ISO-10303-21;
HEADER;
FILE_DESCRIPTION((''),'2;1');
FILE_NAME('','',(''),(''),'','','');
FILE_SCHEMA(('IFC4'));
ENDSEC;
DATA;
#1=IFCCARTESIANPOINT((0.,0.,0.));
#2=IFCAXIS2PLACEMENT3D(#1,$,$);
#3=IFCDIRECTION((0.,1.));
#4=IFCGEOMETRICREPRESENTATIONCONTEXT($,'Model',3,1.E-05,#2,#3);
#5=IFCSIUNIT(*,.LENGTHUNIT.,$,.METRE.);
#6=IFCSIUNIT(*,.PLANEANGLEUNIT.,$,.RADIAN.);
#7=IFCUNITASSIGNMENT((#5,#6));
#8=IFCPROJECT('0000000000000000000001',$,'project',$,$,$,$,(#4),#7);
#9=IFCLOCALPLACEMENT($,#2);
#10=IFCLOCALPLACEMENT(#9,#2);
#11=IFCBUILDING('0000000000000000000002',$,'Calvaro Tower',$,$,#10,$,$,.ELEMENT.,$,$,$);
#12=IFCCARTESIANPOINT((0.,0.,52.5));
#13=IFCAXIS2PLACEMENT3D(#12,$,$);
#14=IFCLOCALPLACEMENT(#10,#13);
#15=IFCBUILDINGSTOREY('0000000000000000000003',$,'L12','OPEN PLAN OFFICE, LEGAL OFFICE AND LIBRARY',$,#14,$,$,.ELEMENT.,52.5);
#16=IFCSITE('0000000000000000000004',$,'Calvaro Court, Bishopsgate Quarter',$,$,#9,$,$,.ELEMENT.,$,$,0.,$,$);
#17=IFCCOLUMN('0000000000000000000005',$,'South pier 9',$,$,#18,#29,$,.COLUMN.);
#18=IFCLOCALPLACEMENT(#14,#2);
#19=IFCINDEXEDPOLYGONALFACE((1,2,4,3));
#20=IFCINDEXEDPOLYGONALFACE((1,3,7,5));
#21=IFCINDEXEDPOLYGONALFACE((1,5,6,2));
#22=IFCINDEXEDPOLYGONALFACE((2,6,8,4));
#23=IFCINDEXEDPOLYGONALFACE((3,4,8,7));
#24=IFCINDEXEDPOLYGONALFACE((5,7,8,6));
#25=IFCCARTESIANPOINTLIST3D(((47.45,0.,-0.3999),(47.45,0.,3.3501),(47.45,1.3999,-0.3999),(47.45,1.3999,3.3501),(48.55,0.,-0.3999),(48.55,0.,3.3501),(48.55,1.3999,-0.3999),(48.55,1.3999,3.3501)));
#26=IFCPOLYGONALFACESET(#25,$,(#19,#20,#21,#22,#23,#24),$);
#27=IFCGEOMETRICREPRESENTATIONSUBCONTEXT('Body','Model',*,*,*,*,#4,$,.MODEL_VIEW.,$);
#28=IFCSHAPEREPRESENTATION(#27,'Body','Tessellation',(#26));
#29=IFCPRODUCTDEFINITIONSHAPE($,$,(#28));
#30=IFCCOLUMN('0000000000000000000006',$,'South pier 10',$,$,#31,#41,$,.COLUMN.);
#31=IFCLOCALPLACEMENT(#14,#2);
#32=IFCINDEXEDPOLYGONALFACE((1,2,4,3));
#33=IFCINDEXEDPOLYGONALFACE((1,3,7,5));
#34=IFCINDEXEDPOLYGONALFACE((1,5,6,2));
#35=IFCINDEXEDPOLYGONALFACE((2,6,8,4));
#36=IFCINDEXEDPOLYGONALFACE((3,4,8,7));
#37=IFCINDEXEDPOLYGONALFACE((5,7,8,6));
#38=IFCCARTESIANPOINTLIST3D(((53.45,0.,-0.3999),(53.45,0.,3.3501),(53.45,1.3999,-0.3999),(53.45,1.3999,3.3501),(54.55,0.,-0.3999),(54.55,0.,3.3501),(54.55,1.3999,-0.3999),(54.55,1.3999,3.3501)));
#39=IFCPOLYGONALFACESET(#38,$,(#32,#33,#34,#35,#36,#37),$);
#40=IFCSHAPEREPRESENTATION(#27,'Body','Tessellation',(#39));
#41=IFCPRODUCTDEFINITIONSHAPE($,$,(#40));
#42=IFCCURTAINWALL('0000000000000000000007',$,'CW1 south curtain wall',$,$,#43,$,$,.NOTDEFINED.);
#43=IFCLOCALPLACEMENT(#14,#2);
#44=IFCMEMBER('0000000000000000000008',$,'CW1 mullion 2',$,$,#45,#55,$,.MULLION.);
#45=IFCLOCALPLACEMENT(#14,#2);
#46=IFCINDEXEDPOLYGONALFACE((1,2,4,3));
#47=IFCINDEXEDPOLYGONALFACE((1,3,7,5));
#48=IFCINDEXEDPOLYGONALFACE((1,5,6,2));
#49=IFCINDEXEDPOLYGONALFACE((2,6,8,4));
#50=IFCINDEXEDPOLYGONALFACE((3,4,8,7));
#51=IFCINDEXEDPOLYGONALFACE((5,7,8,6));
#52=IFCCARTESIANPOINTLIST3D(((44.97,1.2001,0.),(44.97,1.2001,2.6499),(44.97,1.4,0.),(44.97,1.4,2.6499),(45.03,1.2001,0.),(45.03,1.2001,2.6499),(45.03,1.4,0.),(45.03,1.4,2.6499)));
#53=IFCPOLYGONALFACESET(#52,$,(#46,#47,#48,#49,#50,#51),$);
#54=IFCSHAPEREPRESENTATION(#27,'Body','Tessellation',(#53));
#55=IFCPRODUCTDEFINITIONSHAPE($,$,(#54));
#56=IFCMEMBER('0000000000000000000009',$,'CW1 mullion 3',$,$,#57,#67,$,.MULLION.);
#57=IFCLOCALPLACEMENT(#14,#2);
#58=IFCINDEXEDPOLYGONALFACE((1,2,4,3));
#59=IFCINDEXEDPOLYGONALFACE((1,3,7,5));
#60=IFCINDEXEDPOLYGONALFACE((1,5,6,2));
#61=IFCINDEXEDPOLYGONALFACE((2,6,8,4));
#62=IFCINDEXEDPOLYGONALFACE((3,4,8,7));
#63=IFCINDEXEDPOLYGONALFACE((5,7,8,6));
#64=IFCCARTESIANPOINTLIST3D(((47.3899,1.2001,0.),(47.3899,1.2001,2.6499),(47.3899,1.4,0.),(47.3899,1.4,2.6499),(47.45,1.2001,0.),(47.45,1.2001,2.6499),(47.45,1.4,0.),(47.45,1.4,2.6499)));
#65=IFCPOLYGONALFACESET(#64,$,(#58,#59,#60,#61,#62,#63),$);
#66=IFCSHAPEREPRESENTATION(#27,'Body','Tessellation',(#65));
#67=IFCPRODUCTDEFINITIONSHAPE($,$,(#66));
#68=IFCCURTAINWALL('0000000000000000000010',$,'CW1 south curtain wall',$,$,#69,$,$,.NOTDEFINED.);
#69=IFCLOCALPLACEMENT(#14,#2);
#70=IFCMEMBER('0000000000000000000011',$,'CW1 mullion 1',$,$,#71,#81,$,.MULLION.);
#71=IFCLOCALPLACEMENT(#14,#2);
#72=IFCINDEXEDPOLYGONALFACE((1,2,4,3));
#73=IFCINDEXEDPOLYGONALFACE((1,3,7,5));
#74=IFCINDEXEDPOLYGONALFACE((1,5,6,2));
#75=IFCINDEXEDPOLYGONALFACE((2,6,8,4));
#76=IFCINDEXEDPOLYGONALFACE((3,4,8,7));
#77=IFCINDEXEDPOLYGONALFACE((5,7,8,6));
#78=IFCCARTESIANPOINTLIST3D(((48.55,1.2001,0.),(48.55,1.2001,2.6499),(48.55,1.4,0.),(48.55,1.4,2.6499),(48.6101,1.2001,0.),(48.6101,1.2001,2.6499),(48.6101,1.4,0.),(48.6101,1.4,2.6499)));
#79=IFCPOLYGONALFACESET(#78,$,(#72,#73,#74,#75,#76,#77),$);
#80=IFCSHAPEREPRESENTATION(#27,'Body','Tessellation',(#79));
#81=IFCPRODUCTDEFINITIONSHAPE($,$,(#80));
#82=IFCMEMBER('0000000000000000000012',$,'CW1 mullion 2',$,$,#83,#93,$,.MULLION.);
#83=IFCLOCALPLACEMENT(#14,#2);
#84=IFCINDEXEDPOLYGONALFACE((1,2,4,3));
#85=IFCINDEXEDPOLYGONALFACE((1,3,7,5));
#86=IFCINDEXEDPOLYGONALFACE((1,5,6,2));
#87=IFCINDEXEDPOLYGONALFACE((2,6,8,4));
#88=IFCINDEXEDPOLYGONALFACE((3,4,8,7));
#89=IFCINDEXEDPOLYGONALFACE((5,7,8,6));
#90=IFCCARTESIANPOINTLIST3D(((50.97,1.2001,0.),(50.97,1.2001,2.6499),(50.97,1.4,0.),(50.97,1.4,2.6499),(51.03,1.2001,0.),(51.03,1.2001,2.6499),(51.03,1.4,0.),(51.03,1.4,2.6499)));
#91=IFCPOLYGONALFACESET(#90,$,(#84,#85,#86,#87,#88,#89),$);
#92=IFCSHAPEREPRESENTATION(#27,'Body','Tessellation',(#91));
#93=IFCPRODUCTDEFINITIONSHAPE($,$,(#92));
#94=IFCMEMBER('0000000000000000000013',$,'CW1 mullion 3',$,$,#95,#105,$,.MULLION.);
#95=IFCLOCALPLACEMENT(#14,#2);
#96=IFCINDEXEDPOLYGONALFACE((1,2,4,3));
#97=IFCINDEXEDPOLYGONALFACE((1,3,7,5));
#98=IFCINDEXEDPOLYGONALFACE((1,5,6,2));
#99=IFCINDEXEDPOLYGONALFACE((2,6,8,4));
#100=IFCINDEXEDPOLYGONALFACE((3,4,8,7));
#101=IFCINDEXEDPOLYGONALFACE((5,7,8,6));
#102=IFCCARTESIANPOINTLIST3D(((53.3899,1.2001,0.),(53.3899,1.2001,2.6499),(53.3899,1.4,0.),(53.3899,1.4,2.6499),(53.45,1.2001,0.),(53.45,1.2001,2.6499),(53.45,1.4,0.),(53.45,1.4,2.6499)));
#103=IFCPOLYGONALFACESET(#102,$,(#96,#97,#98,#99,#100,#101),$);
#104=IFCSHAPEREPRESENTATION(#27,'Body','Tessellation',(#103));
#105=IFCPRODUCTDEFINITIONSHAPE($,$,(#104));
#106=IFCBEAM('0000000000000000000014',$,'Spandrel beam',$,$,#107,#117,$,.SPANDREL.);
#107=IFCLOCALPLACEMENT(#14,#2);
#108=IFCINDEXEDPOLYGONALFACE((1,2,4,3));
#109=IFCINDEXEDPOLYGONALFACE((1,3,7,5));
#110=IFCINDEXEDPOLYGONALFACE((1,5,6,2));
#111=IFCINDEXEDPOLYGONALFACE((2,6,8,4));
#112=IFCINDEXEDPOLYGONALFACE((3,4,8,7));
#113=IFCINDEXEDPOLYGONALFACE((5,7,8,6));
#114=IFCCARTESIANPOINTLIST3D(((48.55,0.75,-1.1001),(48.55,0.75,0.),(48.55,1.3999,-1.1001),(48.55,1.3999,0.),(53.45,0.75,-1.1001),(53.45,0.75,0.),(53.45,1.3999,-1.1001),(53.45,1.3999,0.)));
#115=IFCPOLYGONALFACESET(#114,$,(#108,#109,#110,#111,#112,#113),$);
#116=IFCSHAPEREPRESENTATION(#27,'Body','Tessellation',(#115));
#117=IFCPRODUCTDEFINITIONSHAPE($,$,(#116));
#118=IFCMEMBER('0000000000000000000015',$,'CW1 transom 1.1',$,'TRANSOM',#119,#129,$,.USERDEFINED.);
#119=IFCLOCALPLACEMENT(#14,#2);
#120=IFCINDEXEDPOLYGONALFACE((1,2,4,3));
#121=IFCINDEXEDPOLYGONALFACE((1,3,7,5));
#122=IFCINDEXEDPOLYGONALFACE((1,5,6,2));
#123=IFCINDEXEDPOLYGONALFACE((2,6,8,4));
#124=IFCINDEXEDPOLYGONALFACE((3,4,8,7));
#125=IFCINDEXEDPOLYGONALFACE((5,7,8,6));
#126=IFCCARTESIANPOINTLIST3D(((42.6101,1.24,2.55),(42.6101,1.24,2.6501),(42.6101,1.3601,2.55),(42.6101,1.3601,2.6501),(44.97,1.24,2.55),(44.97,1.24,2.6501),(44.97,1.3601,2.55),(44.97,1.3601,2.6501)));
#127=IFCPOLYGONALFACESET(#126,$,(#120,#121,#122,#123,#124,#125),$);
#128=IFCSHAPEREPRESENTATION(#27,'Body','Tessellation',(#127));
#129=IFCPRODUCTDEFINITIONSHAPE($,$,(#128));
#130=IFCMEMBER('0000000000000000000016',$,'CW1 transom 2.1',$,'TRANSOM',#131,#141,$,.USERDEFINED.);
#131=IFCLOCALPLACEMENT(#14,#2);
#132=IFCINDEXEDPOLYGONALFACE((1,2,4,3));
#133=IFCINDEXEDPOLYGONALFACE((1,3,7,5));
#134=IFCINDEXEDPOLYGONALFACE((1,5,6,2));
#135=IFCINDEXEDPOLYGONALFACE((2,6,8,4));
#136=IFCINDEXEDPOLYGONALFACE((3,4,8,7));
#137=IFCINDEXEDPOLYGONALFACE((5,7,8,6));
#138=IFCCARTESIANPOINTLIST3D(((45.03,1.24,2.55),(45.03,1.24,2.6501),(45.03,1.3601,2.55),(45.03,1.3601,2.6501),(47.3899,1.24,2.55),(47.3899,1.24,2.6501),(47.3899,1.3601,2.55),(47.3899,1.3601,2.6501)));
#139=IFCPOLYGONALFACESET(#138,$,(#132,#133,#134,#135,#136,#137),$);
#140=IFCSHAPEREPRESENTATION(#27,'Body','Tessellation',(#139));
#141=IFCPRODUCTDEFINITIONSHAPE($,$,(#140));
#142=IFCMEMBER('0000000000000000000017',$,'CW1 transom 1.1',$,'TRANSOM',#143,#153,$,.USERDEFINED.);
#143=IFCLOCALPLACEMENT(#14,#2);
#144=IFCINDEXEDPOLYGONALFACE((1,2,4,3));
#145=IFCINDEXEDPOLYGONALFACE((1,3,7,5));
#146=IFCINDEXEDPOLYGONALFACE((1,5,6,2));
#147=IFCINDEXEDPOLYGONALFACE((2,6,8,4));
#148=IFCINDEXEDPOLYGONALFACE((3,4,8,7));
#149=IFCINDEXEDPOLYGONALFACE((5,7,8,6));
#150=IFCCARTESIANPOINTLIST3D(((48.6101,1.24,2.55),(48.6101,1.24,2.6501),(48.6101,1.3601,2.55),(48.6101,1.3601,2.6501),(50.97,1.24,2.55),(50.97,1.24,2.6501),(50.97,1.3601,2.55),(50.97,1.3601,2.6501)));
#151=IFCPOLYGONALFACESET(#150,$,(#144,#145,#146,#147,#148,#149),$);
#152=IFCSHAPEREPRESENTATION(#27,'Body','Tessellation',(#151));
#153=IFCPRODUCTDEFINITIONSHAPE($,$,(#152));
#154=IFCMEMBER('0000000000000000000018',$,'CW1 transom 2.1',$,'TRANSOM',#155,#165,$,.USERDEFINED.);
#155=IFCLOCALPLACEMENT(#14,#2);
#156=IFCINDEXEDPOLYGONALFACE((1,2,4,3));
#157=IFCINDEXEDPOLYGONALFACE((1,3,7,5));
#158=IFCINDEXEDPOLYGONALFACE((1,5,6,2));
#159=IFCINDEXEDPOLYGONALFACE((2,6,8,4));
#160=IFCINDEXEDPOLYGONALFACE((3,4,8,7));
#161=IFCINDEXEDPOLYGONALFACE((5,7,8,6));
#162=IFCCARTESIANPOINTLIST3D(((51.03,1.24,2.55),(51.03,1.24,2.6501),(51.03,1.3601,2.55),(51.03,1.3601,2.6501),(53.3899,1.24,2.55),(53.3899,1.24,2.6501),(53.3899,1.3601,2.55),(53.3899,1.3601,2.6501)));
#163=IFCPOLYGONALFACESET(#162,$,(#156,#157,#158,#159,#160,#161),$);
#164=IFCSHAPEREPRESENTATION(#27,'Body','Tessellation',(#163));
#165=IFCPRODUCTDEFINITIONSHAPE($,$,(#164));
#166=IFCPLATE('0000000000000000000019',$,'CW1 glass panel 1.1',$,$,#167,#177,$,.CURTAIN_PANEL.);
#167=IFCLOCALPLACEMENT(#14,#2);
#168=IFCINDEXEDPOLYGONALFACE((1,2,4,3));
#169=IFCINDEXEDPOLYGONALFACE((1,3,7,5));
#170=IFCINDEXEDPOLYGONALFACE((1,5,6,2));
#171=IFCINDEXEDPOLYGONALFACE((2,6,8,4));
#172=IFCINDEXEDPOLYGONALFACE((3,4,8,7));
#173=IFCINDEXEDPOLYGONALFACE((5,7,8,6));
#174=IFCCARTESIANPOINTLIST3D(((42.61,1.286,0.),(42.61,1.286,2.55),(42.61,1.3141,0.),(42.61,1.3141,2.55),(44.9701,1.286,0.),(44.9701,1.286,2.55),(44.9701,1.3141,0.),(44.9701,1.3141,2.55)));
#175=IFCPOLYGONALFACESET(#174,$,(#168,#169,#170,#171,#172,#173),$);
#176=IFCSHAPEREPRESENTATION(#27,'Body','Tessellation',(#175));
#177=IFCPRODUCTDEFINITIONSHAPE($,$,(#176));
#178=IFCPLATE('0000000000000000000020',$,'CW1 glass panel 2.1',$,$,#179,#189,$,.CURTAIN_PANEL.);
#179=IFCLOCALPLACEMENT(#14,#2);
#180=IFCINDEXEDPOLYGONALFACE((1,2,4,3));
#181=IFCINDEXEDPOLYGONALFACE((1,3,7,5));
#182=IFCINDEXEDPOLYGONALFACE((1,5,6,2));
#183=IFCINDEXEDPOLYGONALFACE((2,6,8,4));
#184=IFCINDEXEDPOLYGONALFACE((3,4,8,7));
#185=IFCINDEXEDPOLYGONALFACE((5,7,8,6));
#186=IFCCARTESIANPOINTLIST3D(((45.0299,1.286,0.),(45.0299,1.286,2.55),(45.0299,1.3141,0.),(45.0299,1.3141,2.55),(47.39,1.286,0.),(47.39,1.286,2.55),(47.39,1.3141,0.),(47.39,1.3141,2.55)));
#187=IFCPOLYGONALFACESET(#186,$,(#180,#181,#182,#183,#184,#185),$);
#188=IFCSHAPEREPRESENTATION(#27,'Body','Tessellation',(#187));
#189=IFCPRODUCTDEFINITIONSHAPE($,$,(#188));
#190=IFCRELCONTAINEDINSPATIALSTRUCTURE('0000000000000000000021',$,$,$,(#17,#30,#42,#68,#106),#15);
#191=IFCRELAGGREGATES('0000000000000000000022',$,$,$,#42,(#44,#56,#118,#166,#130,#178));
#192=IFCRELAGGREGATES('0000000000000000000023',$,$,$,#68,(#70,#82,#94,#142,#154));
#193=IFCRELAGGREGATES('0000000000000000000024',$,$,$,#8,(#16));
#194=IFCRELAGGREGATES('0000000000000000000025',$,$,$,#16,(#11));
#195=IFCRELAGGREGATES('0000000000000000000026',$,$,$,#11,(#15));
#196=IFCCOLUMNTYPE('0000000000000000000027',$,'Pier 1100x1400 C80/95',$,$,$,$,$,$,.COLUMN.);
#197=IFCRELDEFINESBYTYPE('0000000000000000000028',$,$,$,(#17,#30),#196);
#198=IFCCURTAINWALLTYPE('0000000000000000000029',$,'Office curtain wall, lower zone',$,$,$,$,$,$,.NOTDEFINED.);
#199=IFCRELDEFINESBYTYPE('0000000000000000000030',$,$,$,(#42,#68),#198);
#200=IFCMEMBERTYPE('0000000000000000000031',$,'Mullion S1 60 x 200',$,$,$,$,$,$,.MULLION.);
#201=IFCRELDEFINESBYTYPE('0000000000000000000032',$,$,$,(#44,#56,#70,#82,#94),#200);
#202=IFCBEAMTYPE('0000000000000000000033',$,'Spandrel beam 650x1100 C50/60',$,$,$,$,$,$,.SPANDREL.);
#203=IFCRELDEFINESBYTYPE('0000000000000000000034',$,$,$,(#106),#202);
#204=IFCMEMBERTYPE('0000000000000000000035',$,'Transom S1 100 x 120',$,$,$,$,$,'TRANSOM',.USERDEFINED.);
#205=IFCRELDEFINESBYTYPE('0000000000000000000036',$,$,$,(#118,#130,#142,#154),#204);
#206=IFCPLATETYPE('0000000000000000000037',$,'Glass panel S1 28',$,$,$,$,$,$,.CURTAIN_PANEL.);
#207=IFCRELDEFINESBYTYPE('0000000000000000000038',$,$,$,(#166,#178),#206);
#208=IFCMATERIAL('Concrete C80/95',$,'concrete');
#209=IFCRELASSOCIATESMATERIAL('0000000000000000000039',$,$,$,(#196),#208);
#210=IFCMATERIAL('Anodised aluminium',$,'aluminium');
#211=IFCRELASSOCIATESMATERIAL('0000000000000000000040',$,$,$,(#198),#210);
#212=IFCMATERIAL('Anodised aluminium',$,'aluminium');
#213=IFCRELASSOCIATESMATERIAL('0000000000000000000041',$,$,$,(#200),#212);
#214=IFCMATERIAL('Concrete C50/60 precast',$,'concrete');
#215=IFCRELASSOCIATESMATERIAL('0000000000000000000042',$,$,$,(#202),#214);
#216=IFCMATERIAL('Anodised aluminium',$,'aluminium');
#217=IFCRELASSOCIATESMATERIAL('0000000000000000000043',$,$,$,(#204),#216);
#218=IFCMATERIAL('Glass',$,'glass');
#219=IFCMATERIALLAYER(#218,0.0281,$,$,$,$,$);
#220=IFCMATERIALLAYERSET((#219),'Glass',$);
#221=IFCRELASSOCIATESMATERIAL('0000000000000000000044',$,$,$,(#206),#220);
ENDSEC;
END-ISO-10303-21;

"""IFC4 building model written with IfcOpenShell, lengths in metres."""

from ifc_helpers import new_model, si_unit, direction, frame, origin, origin_2d, place, context, subcontext, project, spatial, rectangle, extrude, material, layer, layer_set, material_profile, profile_set, type_object, element, aggregate, save


model = new_model("IFC4")

# Units and contexts
model_context = context("Model", 3, precision=1e-05, world=origin(), true_north=direction((0.0, 1.0)))
body_context = subcontext(model_context, "Body", "Model", "MODEL_VIEW")
ifc_project = project(units=[si_unit("LENGTHUNIT", "METRE"), si_unit("PLANEANGLEUNIT", "RADIAN")], contexts=[model_context])

# Site, building, storey
site_placement = place(None, origin())
site = spatial("IfcSite", under=ifc_project, at=site_placement, Name="Calvaro Court, Bishopsgate Quarter", CompositionType="ELEMENT", RefElevation=0.0)
building_placement = place(site_placement, origin())
building = spatial("IfcBuilding", under=site, at=building_placement, Name="Calvaro Tower", CompositionType="ELEMENT")
storey_placement = place(building_placement, frame((0.0, 0.0, 52.5)))
storey = spatial("IfcBuildingStorey", under=building, at=storey_placement, Name="L12", Description="OPEN PLAN OFFICE, LEGAL OFFICE AND LIBRARY", CompositionType="ELEMENT", Elevation=52.5)

# Columns
ifc_material_1 = material(Name="Concrete C80/95", Category="concrete")
ifc_material_profile_1 = material_profile(ifc_material_1, rectangle(XDim=1.1001, YDim=1.3999, at=origin_2d()), Name="RC 1100x1400")
ifc_profile_set_1 = profile_set([ifc_material_profile_1], Name="Concrete C80/95")
column_type = type_object("IfcColumnType", Name="Pier 1100x1400 C80/95", PredefinedType="COLUMN", material=ifc_profile_set_1)
for number, where, z_axis, x_axis, name in (
    (1, (48.0, 0.7, -0.3999), (0.0, 0.0, 1.0), (1.0, 0.0, 0.0), "South pier 9"),
    (2, (54.0, 0.7, -0.3999), (0.0, 0.0, 1.0), (1.0, 0.0, 0.0), "South pier 10"),
):
    element("IfcColumn", number, at=place(storey_placement, frame(where, z_axis=z_axis, x_axis=x_axis)), inside=storey, type_object=column_type, Name=name, PredefinedType="COLUMN", context=body_context, shape_type="SweptSolid", body=[
        extrude(rectangle(XDim=1.1001, YDim=1.3999, at=origin_2d()), origin(), (0.0, 0.0, 1.0), 3.75),
    ])

# Curtain walls, members
ifc_material_2 = material(Name="Anodised aluminium", Category="aluminium")
curtain_wall_type = type_object("IfcCurtainWallType", Name="Office curtain wall, lower zone", PredefinedType="NOTDEFINED", material=ifc_material_2)
curtain_wall_1_placement = place(storey_placement, origin())
curtain_wall_1 = element("IfcCurtainWall", 3, at=curtain_wall_1_placement, inside=storey, type_object=curtain_wall_type, Name="CW1 south curtain wall", PredefinedType="NOTDEFINED")
ifc_material_3 = material(Name="Anodised aluminium", Category="aluminium")
ifc_material_profile_2 = material_profile(ifc_material_3, rectangle(XDim=0.2, YDim=0.0601, at=origin_2d()), Name="Mullion S1 60 x 200")
ifc_profile_set_2 = profile_set([ifc_material_profile_2], Name="Anodised aluminium")
member_type_1 = type_object("IfcMemberType", Name="Mullion S1 60 x 200", PredefinedType="MULLION", material=ifc_profile_set_2)
member_1_placement = place(storey_placement, frame((45.0, 1.3, 0.0), z_axis=(0.0, 0.0, 1.0), x_axis=(0.0, 1.0, 0.0)))
member_1 = element("IfcMember", 4, at=member_1_placement, type_object=member_type_1, Name="CW1 mullion 2", PredefinedType="MULLION", context=body_context, shape_type="SweptSolid", body=[
    extrude(rectangle(XDim=0.2, YDim=0.0601, at=origin_2d()), origin(), (0.0, 0.0, 1.0), 2.6499),
])
member_2_placement = place(storey_placement, frame((47.4199, 1.3, 0.0), z_axis=(0.0, 0.0, 1.0), x_axis=(0.0, 1.0, 0.0)))
member_2 = element("IfcMember", 5, at=member_2_placement, type_object=member_type_1, Name="CW1 mullion 3", PredefinedType="MULLION", context=body_context, shape_type="SweptSolid", body=[
    extrude(rectangle(XDim=0.2, YDim=0.0601, at=origin_2d()), origin(), (0.0, 0.0, 1.0), 2.6499),
])
curtain_wall_2_placement = place(storey_placement, origin())
curtain_wall_2 = element("IfcCurtainWall", 6, at=curtain_wall_2_placement, inside=storey, type_object=curtain_wall_type, Name="CW1 south curtain wall", PredefinedType="NOTDEFINED")
member_3_placement = place(storey_placement, frame((48.5801, 1.3, 0.0), z_axis=(0.0, 0.0, 1.0), x_axis=(0.0, 1.0, 0.0)))
member_3 = element("IfcMember", 7, at=member_3_placement, type_object=member_type_1, Name="CW1 mullion 1", PredefinedType="MULLION", context=body_context, shape_type="SweptSolid", body=[
    extrude(rectangle(XDim=0.2, YDim=0.0601, at=origin_2d()), origin(), (0.0, 0.0, 1.0), 2.6499),
])
member_4_placement = place(storey_placement, frame((51.0, 1.3, 0.0), z_axis=(0.0, 0.0, 1.0), x_axis=(0.0, 1.0, 0.0)))
member_4 = element("IfcMember", 8, at=member_4_placement, type_object=member_type_1, Name="CW1 mullion 2", PredefinedType="MULLION", context=body_context, shape_type="SweptSolid", body=[
    extrude(rectangle(XDim=0.2, YDim=0.0601, at=origin_2d()), origin(), (0.0, 0.0, 1.0), 2.6499),
])
member_5_placement = place(storey_placement, frame((53.4199, 1.3, 0.0), z_axis=(0.0, 0.0, 1.0), x_axis=(0.0, 1.0, 0.0)))
member_5 = element("IfcMember", 9, at=member_5_placement, type_object=member_type_1, Name="CW1 mullion 3", PredefinedType="MULLION", context=body_context, shape_type="SweptSolid", body=[
    extrude(rectangle(XDim=0.2, YDim=0.0601, at=origin_2d()), origin(), (0.0, 0.0, 1.0), 2.6499),
])

# Beam
ifc_material_4 = material(Name="Concrete C50/60 precast", Category="concrete")
ifc_material_profile_3 = material_profile(ifc_material_4, rectangle(XDim=0.6499, YDim=1.1001, at=origin_2d()), Name="RC 650x1100")
ifc_profile_set_3 = profile_set([ifc_material_profile_3], Name="Concrete C50/60 precast")
beam_type = type_object("IfcBeamType", Name="Spandrel beam 650x1100 C50/60", PredefinedType="SPANDREL", material=ifc_profile_set_3)
beam_placement = place(storey_placement, frame((48.55, 1.075, -0.55), z_axis=(1.0, 0.0, 0.0), x_axis=(0.0, 1.0, 0.0)))
element("IfcBeam", 10, at=beam_placement, inside=storey, type_object=beam_type, Name="Spandrel beam", PredefinedType="SPANDREL", context=body_context, shape_type="SweptSolid", body=[
    extrude(rectangle(XDim=0.6499, YDim=1.1001, at=origin_2d()), origin(), (0.0, 0.0, 1.0), 4.8999),
])

# Members
ifc_material_5 = material(Name="Anodised aluminium", Category="aluminium")
ifc_material_profile_4 = material_profile(ifc_material_5, rectangle(XDim=0.1201, YDim=0.1001, at=origin_2d()), Name="Transom S1 100 x 120")
ifc_profile_set_4 = profile_set([ifc_material_profile_4], Name="Anodised aluminium")
member_type_2 = type_object("IfcMemberType", Name="Transom S1 100 x 120", ElementType="TRANSOM", PredefinedType="USERDEFINED", material=ifc_profile_set_4)
member_6_placement = place(storey_placement, frame((42.6101, 1.3, 2.6001), z_axis=(1.0, 0.0, 0.0), x_axis=(0.0, 1.0, 0.0)))
member_6 = element("IfcMember", 11, at=member_6_placement, type_object=member_type_2, Name="CW1 transom 1.1", ObjectType="TRANSOM", PredefinedType="USERDEFINED", context=body_context, shape_type="SweptSolid", body=[
    extrude(rectangle(XDim=0.1201, YDim=0.1001, at=origin_2d()), origin(), (0.0, 0.0, 1.0), 2.3599),
])
member_7_placement = place(storey_placement, frame((45.03, 1.3, 2.6001), z_axis=(1.0, 0.0, 0.0), x_axis=(0.0, 1.0, 0.0)))
member_7 = element("IfcMember", 12, at=member_7_placement, type_object=member_type_2, Name="CW1 transom 2.1", ObjectType="TRANSOM", PredefinedType="USERDEFINED", context=body_context, shape_type="SweptSolid", body=[
    extrude(rectangle(XDim=0.1201, YDim=0.1001, at=origin_2d()), origin(), (0.0, 0.0, 1.0), 2.3599),
])
member_8_placement = place(storey_placement, frame((48.6101, 1.3, 2.6001), z_axis=(1.0, 0.0, 0.0), x_axis=(0.0, 1.0, 0.0)))
member_8 = element("IfcMember", 13, at=member_8_placement, type_object=member_type_2, Name="CW1 transom 1.1", ObjectType="TRANSOM", PredefinedType="USERDEFINED", context=body_context, shape_type="SweptSolid", body=[
    extrude(rectangle(XDim=0.1201, YDim=0.1001, at=origin_2d()), origin(), (0.0, 0.0, 1.0), 2.3599),
])
member_9_placement = place(storey_placement, frame((51.03, 1.3, 2.6001), z_axis=(1.0, 0.0, 0.0), x_axis=(0.0, 1.0, 0.0)))
member_9 = element("IfcMember", 14, at=member_9_placement, type_object=member_type_2, Name="CW1 transom 2.1", ObjectType="TRANSOM", PredefinedType="USERDEFINED", context=body_context, shape_type="SweptSolid", body=[
    extrude(rectangle(XDim=0.1201, YDim=0.1001, at=origin_2d()), origin(), (0.0, 0.0, 1.0), 2.3599),
])

# Plates
ifc_material_6 = material(Name="Glass", Category="glass")
ifc_layer_1 = layer(ifc_material_6, 0.0281)
ifc_layer_set_1 = layer_set([ifc_layer_1], Name="Glass")
plate_type = type_object("IfcPlateType", Name="Glass panel S1 28", PredefinedType="CURTAIN_PANEL", material=ifc_layer_set_1)
plate_1_placement = place(storey_placement, frame((43.79, 1.3, 0.0), z_axis=(0.0, 0.0, 1.0), x_axis=(1.0, 0.0, 0.0)))
plate_1 = element("IfcPlate", 15, at=plate_1_placement, type_object=plate_type, Name="CW1 glass panel 1.1", PredefinedType="CURTAIN_PANEL", context=body_context, shape_type="SweptSolid", body=[
    extrude(rectangle(XDim=2.3601, YDim=0.0281, at=origin_2d()), origin(), (0.0, 0.0, 1.0), 2.55),
])
plate_2_placement = place(storey_placement, frame((46.21, 1.3, 0.0), z_axis=(0.0, 0.0, 1.0), x_axis=(1.0, 0.0, 0.0)))
plate_2 = element("IfcPlate", 16, at=plate_2_placement, type_object=plate_type, Name="CW1 glass panel 2.1", PredefinedType="CURTAIN_PANEL", context=body_context, shape_type="SweptSolid", body=[
    extrude(rectangle(XDim=2.3601, YDim=0.0281, at=origin_2d()), origin(), (0.0, 0.0, 1.0), 2.55),
])
aggregate(curtain_wall_1, [member_1, member_2, member_6, plate_1, member_7, plate_2])
aggregate(curtain_wall_2, [member_3, member_4, member_5, member_8, member_9])

save(model, "model.ifc")
